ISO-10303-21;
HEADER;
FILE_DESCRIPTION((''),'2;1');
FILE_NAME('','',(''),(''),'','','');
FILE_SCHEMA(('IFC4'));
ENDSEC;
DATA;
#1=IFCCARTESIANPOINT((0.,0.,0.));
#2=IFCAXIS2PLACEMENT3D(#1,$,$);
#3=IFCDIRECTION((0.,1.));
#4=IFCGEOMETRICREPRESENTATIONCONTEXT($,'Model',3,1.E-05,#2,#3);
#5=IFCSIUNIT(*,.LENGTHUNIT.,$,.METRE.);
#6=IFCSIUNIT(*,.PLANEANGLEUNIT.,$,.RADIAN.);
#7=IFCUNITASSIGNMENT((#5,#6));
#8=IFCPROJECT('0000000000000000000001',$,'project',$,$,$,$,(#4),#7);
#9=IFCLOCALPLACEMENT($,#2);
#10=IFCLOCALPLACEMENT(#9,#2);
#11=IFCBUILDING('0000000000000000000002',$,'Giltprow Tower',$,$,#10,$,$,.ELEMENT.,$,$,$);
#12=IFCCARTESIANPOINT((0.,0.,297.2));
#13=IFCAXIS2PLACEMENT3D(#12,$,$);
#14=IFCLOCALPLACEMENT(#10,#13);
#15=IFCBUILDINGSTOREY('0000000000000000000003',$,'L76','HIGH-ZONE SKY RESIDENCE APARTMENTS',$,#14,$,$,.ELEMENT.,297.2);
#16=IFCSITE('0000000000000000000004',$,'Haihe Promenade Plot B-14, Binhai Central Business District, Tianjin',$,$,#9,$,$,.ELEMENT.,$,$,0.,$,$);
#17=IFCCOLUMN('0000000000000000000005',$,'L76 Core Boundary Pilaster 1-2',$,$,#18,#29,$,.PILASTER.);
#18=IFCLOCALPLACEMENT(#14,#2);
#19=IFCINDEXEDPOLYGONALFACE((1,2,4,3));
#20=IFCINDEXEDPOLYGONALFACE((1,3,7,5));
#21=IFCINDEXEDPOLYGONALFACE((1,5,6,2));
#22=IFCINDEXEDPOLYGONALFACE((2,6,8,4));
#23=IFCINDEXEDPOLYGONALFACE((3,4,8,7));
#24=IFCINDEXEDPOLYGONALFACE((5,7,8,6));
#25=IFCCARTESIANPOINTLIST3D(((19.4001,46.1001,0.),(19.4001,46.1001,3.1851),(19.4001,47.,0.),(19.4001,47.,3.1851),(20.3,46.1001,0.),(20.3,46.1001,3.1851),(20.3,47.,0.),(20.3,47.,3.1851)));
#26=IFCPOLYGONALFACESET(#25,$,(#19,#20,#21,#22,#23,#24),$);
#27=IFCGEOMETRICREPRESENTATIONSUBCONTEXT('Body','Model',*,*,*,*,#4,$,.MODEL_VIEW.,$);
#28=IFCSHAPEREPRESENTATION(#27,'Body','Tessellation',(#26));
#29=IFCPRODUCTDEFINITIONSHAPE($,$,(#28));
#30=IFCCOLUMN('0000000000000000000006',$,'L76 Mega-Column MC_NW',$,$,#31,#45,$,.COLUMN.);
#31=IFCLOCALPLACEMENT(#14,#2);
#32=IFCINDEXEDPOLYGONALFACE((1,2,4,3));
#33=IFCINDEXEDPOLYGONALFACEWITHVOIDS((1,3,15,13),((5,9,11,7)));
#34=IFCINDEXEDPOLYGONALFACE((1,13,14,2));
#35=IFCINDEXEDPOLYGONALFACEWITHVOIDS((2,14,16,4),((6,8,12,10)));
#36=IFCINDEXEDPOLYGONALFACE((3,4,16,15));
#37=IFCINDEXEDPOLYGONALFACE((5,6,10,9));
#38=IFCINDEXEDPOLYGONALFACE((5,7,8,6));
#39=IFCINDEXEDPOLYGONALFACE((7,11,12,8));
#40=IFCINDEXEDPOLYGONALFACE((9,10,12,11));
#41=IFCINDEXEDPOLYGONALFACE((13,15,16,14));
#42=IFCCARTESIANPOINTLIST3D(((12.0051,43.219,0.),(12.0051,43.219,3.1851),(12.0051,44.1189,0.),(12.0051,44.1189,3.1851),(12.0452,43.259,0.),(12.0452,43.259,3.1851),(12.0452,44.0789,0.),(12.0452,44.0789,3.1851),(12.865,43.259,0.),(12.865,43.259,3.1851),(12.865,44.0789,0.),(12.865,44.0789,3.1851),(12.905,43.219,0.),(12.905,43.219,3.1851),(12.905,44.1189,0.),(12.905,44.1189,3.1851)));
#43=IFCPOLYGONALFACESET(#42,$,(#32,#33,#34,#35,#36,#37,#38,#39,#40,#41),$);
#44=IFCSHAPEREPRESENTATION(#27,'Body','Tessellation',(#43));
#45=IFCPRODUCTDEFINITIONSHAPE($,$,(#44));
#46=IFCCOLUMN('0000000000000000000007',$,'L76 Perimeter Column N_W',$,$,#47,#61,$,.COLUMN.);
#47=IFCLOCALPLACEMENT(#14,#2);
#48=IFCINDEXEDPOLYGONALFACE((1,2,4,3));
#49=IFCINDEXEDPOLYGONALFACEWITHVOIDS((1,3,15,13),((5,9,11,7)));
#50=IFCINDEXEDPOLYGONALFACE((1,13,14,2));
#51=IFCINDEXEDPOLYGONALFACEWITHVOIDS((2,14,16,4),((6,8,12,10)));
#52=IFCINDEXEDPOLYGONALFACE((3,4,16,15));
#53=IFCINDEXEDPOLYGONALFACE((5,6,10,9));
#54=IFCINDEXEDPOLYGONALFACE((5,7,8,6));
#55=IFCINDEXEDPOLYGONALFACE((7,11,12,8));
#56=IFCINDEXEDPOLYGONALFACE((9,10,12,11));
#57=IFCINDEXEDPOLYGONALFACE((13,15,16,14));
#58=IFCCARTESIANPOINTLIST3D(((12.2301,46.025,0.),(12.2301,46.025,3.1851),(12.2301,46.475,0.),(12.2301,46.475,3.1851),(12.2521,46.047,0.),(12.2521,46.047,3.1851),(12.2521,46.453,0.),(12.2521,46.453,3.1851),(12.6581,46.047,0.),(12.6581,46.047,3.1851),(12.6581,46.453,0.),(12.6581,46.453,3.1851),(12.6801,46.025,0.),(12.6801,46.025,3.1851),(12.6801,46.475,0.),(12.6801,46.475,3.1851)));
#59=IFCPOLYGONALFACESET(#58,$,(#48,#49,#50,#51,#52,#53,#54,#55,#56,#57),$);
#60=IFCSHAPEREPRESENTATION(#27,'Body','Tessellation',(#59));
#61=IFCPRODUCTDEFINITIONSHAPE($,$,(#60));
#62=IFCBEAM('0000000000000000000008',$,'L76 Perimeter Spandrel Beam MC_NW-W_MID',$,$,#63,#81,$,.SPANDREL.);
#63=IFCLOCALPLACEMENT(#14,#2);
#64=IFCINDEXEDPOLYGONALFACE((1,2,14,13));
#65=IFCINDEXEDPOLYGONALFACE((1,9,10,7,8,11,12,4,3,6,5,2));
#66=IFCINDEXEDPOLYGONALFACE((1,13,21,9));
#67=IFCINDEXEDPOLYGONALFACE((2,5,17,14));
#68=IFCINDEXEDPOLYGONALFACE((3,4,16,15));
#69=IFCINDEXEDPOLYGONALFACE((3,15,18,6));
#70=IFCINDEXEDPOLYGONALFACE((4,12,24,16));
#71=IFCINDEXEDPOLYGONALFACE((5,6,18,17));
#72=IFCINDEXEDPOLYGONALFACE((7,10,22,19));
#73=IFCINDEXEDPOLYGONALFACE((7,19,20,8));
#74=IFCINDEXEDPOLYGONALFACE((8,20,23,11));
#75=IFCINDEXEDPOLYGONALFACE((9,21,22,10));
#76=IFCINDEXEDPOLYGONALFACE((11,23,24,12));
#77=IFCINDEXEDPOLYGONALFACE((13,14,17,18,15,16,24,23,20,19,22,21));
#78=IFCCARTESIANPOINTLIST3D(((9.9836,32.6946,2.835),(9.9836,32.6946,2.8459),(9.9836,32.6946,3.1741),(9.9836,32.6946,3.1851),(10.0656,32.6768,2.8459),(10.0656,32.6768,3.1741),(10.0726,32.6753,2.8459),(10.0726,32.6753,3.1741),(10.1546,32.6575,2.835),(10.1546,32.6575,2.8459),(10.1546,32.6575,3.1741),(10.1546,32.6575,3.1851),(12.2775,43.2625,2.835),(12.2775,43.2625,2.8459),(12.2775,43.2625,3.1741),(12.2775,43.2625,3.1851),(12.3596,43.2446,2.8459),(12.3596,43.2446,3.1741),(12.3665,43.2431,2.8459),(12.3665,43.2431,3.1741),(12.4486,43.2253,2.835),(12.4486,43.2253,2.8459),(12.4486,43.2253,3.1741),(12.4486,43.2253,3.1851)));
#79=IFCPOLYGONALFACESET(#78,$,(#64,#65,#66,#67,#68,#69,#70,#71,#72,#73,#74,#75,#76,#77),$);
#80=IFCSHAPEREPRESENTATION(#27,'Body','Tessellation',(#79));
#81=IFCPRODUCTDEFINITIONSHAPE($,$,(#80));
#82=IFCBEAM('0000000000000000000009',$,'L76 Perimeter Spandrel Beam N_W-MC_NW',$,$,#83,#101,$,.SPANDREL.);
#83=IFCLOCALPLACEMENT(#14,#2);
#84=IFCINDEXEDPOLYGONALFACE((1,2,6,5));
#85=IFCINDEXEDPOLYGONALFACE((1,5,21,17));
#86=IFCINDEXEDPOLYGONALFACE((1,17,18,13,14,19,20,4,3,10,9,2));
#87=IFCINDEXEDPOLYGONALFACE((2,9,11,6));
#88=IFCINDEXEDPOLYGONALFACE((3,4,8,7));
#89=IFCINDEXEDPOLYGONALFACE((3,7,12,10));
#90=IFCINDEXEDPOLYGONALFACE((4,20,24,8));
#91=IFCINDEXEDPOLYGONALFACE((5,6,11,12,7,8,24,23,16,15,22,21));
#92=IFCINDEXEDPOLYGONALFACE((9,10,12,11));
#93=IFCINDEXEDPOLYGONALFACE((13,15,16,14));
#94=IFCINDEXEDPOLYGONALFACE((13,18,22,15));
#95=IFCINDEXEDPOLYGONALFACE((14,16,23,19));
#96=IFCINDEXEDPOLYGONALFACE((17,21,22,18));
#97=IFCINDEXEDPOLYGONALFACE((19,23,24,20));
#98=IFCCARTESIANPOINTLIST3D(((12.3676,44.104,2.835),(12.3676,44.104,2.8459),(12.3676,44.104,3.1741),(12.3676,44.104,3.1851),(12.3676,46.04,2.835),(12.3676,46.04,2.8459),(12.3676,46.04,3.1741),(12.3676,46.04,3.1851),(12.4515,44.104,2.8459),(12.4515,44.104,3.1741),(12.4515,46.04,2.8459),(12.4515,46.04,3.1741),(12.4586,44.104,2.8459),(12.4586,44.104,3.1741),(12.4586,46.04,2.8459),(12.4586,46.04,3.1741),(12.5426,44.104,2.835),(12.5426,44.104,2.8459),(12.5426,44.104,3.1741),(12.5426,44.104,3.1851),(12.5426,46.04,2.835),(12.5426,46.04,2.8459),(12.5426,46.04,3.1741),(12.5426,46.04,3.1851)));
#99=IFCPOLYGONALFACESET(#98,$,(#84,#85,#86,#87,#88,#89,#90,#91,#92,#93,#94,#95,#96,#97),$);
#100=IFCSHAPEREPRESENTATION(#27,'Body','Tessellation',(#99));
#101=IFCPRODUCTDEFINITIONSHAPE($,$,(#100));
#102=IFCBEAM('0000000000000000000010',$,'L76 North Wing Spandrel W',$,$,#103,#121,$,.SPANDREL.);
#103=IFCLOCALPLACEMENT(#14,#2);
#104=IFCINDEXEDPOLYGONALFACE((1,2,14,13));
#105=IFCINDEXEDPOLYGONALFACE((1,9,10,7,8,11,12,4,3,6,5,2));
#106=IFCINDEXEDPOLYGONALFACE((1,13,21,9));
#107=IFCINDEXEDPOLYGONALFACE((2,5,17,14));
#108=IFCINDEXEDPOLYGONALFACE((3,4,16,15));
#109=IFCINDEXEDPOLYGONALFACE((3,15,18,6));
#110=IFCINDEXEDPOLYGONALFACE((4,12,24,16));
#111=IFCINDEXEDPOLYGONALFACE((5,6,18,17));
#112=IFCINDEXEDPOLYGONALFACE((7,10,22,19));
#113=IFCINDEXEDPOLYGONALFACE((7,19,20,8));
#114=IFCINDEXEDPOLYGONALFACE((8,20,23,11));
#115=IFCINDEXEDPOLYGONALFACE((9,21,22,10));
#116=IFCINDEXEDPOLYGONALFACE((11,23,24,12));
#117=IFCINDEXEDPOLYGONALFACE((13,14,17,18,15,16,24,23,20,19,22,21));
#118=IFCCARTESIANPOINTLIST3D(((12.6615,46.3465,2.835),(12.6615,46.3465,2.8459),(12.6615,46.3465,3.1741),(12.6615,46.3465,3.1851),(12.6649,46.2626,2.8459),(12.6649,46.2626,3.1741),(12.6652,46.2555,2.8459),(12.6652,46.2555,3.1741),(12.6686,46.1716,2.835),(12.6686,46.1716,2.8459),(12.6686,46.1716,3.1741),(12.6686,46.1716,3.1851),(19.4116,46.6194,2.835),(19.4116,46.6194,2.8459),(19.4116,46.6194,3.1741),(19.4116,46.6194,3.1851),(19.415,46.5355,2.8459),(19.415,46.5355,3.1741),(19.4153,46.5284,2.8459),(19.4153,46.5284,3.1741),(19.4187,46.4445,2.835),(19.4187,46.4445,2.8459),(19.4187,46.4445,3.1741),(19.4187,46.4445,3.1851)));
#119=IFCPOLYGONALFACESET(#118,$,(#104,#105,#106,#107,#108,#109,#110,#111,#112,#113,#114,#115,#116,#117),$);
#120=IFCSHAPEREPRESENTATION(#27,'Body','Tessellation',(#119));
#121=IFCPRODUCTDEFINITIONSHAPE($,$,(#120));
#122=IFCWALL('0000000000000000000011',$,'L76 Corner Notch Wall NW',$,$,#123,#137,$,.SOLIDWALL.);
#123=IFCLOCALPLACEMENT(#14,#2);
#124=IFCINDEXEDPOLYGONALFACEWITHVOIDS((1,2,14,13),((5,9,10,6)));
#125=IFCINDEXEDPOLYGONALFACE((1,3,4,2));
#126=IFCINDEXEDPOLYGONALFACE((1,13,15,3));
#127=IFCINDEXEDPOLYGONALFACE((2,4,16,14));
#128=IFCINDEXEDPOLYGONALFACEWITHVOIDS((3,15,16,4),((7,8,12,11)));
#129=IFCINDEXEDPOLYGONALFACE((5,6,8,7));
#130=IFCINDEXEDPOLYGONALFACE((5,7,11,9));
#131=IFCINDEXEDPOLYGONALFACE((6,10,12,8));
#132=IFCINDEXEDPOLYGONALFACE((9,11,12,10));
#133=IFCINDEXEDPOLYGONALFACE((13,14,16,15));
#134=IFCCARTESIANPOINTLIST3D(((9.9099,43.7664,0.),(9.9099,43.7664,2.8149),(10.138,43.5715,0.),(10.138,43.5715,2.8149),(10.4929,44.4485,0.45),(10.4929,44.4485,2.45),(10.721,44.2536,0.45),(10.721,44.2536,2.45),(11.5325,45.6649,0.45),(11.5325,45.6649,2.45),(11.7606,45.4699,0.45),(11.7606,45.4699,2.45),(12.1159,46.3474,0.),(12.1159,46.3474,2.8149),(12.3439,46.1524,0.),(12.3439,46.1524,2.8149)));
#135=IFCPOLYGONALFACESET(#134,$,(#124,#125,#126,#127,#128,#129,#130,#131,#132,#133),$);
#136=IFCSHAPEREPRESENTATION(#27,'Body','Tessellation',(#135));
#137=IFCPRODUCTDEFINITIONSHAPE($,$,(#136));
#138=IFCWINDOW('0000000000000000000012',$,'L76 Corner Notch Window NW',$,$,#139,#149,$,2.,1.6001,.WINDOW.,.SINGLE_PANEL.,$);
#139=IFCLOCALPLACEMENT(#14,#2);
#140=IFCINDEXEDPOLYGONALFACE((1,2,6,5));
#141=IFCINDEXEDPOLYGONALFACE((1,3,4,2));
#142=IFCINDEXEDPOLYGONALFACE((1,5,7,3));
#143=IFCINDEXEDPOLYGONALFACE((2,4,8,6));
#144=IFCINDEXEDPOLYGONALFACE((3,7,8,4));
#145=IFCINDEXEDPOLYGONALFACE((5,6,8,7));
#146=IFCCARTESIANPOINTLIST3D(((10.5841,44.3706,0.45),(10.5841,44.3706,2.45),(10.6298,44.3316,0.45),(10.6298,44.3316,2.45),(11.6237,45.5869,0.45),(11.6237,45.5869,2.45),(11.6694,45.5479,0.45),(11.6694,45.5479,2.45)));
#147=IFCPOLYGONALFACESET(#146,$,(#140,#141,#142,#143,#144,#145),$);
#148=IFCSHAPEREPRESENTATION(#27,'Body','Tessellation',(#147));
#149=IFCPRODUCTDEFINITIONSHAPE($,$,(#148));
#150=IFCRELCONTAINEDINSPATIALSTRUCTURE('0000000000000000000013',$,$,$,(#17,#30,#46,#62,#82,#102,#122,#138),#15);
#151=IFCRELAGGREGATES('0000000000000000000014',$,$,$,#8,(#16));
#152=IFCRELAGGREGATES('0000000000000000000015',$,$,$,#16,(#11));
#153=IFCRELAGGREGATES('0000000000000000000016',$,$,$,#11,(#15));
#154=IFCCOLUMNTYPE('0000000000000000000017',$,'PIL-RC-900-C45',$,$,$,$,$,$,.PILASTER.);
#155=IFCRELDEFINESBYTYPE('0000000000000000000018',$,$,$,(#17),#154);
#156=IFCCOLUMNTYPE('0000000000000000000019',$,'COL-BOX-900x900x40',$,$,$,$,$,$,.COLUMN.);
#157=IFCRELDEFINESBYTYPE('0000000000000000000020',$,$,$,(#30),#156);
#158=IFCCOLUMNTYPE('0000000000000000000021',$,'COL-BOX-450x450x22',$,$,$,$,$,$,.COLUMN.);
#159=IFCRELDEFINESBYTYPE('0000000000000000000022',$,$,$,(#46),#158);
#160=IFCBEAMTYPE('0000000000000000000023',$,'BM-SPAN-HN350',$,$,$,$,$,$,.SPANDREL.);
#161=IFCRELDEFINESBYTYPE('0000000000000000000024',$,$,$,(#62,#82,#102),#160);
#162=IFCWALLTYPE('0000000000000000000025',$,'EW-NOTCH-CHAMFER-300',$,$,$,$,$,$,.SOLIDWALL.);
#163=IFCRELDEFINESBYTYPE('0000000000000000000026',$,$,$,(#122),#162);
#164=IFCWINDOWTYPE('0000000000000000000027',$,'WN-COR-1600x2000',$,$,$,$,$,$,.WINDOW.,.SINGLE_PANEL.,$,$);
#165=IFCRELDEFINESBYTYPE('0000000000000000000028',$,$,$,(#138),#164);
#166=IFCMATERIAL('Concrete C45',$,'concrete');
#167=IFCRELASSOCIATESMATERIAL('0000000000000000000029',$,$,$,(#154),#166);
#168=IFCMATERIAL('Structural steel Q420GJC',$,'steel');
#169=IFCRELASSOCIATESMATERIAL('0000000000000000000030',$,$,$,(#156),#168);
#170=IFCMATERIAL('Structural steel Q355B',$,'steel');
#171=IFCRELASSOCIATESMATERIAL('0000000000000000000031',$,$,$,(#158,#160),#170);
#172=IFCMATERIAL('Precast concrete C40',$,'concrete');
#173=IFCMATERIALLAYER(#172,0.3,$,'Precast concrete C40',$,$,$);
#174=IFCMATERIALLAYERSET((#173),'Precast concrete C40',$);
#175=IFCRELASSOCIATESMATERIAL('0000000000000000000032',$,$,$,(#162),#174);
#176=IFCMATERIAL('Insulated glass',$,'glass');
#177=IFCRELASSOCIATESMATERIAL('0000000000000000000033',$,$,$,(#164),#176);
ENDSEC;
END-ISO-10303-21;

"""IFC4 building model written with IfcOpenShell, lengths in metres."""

from ifc_helpers import new_model, si_unit, direction, frame, frame_2d, origin, origin_2d, place, context, subcontext, project, spatial, rectangle, hollow_rectangle, i_section, extrude, source, transform, mapped, material, layer, layer_set, material_profile, profile_set, type_object, element, fill, save


model = new_model("IFC4")

# Units and contexts
model_context = context("Model", 3, precision=1e-05, world=origin(), true_north=direction((0.0, 1.0)))
body_context = subcontext(model_context, "Body", "Model", "MODEL_VIEW")
ifc_project = project(units=[si_unit("LENGTHUNIT", "METRE"), si_unit("PLANEANGLEUNIT", "RADIAN")], contexts=[model_context])

# Site, building, storey
site_placement = place(None, origin())
site = spatial("IfcSite", under=ifc_project, at=site_placement, Name="Haihe Promenade Plot B-14, Binhai Central Business District, Tianjin", CompositionType="ELEMENT", RefElevation=0.0)
building_placement = place(site_placement, origin())
building = spatial("IfcBuilding", under=site, at=building_placement, Name="Giltprow Tower", CompositionType="ELEMENT")
storey_placement = place(building_placement, frame((0.0, 0.0, 297.2)))
storey = spatial("IfcBuildingStorey", under=building, at=storey_placement, Name="L76", Description="HIGH-ZONE SKY RESIDENCE APARTMENTS", CompositionType="ELEMENT", Elevation=297.2)

# Columns
ifc_material_1 = material(Name="Concrete C45", Category="concrete")
ifc_material_profile_1 = material_profile(ifc_material_1, rectangle(XDim=0.8999, YDim=0.8999, at=origin_2d()), Name="RC 900x900")
ifc_profile_set_1 = profile_set([ifc_material_profile_1], Name="Concrete C45")
column_type_1 = type_object("IfcColumnType", Name="PIL-RC-900-C45", PredefinedType="PILASTER", material=ifc_profile_set_1)
shared_shape_1 = source(origin(), body_context, "Body", "SweptSolid", [
    extrude(rectangle(XDim=0.8999, YDim=0.8999, at=origin_2d()), origin(), (0.0, 0.0, 1.0), 3.1851),
])
column_1_placement = place(storey_placement, frame((19.8501, 46.55, 0.0), z_axis=(0.0, 0.0, 1.0), x_axis=(1.0, 0.0, 0.0)))
element("IfcColumn", 1, at=column_1_placement, inside=storey, type_object=column_type_1, Name="L76 Core Boundary Pilaster 1-2", PredefinedType="PILASTER", context=body_context, shape_type="MappedRepresentation", body=[
    mapped(shared_shape_1, transform((0.0, 0.0, 0.0), x_axis=(1.0, 0.0, 0.0), y_axis=(0.0, 1.0, 0.0), z_axis=(0.0, 0.0, 1.0), scale=1.0)),
])
ifc_material_2 = material(Name="Structural steel Q420GJC", Category="steel")
ifc_material_profile_2 = material_profile(ifc_material_2, hollow_rectangle(XDim=0.8999, YDim=0.8999, WallThickness=0.04, at=origin_2d()), Name="BOX 900x900x40")
ifc_profile_set_2 = profile_set([ifc_material_profile_2], Name="Structural steel Q420GJC")
column_type_2 = type_object("IfcColumnType", Name="COL-BOX-900x900x40", PredefinedType="COLUMN", material=ifc_profile_set_2)
shared_shape_2 = source(origin(), body_context, "Body", "SweptSolid", [
    extrude(hollow_rectangle(XDim=0.8999, YDim=0.8999, WallThickness=0.04, at=origin_2d()), origin(), (0.0, 0.0, 1.0), 3.1851),
])
column_2_placement = place(storey_placement, frame((12.4551, 43.6689, 0.0), z_axis=(0.0, 0.0, 1.0), x_axis=(1.0, 0.0, 0.0)))
element("IfcColumn", 2, at=column_2_placement, inside=storey, type_object=column_type_2, Name="L76 Mega-Column MC_NW", PredefinedType="COLUMN", context=body_context, shape_type="MappedRepresentation", body=[
    mapped(shared_shape_2, transform((0.0, 0.0, 0.0), x_axis=(1.0, 0.0, 0.0), y_axis=(0.0, 1.0, 0.0), z_axis=(0.0, 0.0, 1.0), scale=1.0)),
])
ifc_material_3 = material(Name="Structural steel Q355B", Category="steel")
ifc_material_profile_3 = material_profile(ifc_material_3, hollow_rectangle(XDim=0.45, YDim=0.45, WallThickness=0.022, at=origin_2d()), Name="BOX 450x450x22")
ifc_profile_set_3 = profile_set([ifc_material_profile_3], Name="Structural steel Q355B")
column_type_3 = type_object("IfcColumnType", Name="COL-BOX-450x450x22", PredefinedType="COLUMN", material=ifc_profile_set_3)
shared_shape_3 = source(origin(), body_context, "Body", "SweptSolid", [
    extrude(hollow_rectangle(XDim=0.45, YDim=0.45, WallThickness=0.022, at=origin_2d()), origin(), (0.0, 0.0, 1.0), 3.1851),
])
column_3_placement = place(storey_placement, frame((12.4551, 46.25, 0.0), z_axis=(0.0, 0.0, 1.0), x_axis=(1.0, 0.0, 0.0)))
element("IfcColumn", 3, at=column_3_placement, inside=storey, type_object=column_type_3, Name="L76 Perimeter Column N_W", PredefinedType="COLUMN", context=body_context, shape_type="MappedRepresentation", body=[
    mapped(shared_shape_3, transform((0.0, 0.0, 0.0), x_axis=(1.0, 0.0, 0.0), y_axis=(0.0, 1.0, 0.0), z_axis=(0.0, 0.0, 1.0), scale=1.0)),
])

# Beams
ifc_material_profile_4 = material_profile(ifc_material_3, i_section(OverallWidth=0.175, OverallDepth=0.3501, WebThickness=0.0071, FlangeThickness=0.011, at=origin_2d()), Name="HN 350x175x7x11")
ifc_profile_set_4 = profile_set([ifc_material_profile_4], Name="Structural steel Q355B")
beam_type = type_object("IfcBeamType", Name="BM-SPAN-HN350", PredefinedType="SPANDREL", material=ifc_profile_set_4)
shared_shape_4 = source(origin(), body_context, "Body", "SweptSolid", [
    extrude(i_section(OverallWidth=0.175, OverallDepth=0.3501, WebThickness=0.0071, FlangeThickness=0.011, at=origin_2d()), origin(), (0.0, 0.0, 1.0), 10.814),
])
beam_1_placement = place(storey_placement, frame((12.363, 43.2439, 3.01), z_axis=(-0.212128, -0.977242, 0.0), x_axis=(0.977242, -0.212128, 0.0)))
element("IfcBeam", 4, at=beam_1_placement, inside=storey, type_object=beam_type, Name="L76 Perimeter Spandrel Beam MC_NW-W_MID", PredefinedType="SPANDREL", context=body_context, shape_type="MappedRepresentation", body=[
    mapped(shared_shape_4, transform((0.0, 0.0, 0.0), x_axis=(1.0, 0.0, 0.0), y_axis=(0.0, 1.0, 0.0), z_axis=(0.0, 0.0, 1.0), scale=1.0)),
])
shared_shape_5 = source(origin(), body_context, "Body", "SweptSolid", [
    extrude(i_section(OverallWidth=0.175, OverallDepth=0.3501, WebThickness=0.0071, FlangeThickness=0.011, at=origin_2d()), origin(), (0.0, 0.0, 1.0), 1.936),
])
beam_2_placement = place(storey_placement, frame((12.4551, 46.04, 3.01), z_axis=(0.0, -1.0, 0.0), x_axis=(1.0, 0.0, 0.0)))
element("IfcBeam", 5, at=beam_2_placement, inside=storey, type_object=beam_type, Name="L76 Perimeter Spandrel Beam N_W-MC_NW", PredefinedType="SPANDREL", context=body_context, shape_type="MappedRepresentation", body=[
    mapped(shared_shape_5, transform((0.0, 0.0, 0.0), x_axis=(1.0, 0.0, 0.0), y_axis=(0.0, 1.0, 0.0), z_axis=(0.0, 0.0, 1.0), scale=1.0)),
])
shared_shape_6 = source(origin(), body_context, "Body", "SweptSolid", [
    extrude(i_section(OverallWidth=0.175, OverallDepth=0.3501, WebThickness=0.0071, FlangeThickness=0.011, at=origin_2d()), origin(), (0.0, 0.0, 1.0), 6.7556),
])
beam_3_placement = place(storey_placement, frame((12.665, 46.259, 3.01), z_axis=(0.999183, 0.040404, 0.0), x_axis=(-0.040404, 0.999183, 0.0)))
element("IfcBeam", 6, at=beam_3_placement, inside=storey, type_object=beam_type, Name="L76 North Wing Spandrel W", PredefinedType="SPANDREL", context=body_context, shape_type="MappedRepresentation", body=[
    mapped(shared_shape_6, transform((0.0, 0.0, 0.0), x_axis=(1.0, 0.0, 0.0), y_axis=(0.0, 1.0, 0.0), z_axis=(0.0, 0.0, 1.0), scale=1.0)),
])

# Wall, opening, window
ifc_material_4 = material(Name="Precast concrete C40", Category="concrete")
ifc_layer_1 = layer(ifc_material_4, 0.3, Name="Precast concrete C40")
ifc_layer_set_1 = layer_set([ifc_layer_1], Name="Precast concrete C40")
wall_type_1 = type_object("IfcWallType", Name="EW-NOTCH-CHAMFER-300", PredefinedType="SOLIDWALL", material=ifc_layer_set_1)
wall_1_placement = place(storey_placement, frame((12.23, 46.25, 0.0), z_axis=(0.0, 0.0, 1.0), x_axis=(-0.649725, -0.760169, 0.0)))
wall_1 = element("IfcWall", 7, at=wall_1_placement, inside=storey, type_object=wall_type_1, Name="L76 Corner Notch Wall NW", PredefinedType="SOLIDWALL", context=body_context, shape_type="SweptSolid", body=[
    extrude(rectangle(XDim=3.3953, YDim=0.3, at=frame_2d((1.6978, 0.0))), origin(), (0.0, 0.0, 1.0), 2.8149),
])
opening_1_placement = place(wall_1_placement, frame((0.8979, 0.0, 0.45)))
opening_1 = element("IfcOpeningElement", 8, at=opening_1_placement, cuts=wall_1, PredefinedType="OPENING", context=body_context, shape_type="SweptSolid", body=[
    extrude(rectangle(XDim=1.6001, YDim=2.0, at=frame_2d((0.8, 1.0))), frame((0.0, 0.1599, 0.0), z_axis=(0.0, -1.0, 0.0), x_axis=(1.0, 0.0, 0.0)), (0.0, 0.0, 1.0), 0.3201),
])
ifc_material_5 = material(Name="Insulated glass", Category="glass")
window_type = type_object("IfcWindowType", Name="WN-COR-1600x2000", PartitioningType="SINGLE_PANEL", PredefinedType="WINDOW", material=ifc_material_5)
shared_shape_7 = source(origin(), body_context, "Body", "SweptSolid", [
    extrude(rectangle(XDim=1.6001, YDim=2.0, at=frame_2d((0.8, 1.0))), frame((0.0, 0.03, 0.0), z_axis=(0.0, -1.0, 0.0), x_axis=(1.0, 0.0, 0.0)), (0.0, 0.0, 1.0), 0.0601),
])
window_1_placement = place(opening_1_placement, origin())
window_1 = element("IfcWindow", 9, at=window_1_placement, inside=storey, type_object=window_type, Name="L76 Corner Notch Window NW", OverallHeight=2.0, OverallWidth=1.6001, PartitioningType="SINGLE_PANEL", PredefinedType="WINDOW", context=body_context, shape_type="MappedRepresentation", body=[
    mapped(shared_shape_7, transform((0.0, 0.0, 0.0), x_axis=(1.0, 0.0, 0.0), y_axis=(0.0, 1.0, 0.0), z_axis=(0.0, 0.0, 1.0), scale=1.0)),
])
fill(opening_1, window_1)

save(model, "model.ifc")
